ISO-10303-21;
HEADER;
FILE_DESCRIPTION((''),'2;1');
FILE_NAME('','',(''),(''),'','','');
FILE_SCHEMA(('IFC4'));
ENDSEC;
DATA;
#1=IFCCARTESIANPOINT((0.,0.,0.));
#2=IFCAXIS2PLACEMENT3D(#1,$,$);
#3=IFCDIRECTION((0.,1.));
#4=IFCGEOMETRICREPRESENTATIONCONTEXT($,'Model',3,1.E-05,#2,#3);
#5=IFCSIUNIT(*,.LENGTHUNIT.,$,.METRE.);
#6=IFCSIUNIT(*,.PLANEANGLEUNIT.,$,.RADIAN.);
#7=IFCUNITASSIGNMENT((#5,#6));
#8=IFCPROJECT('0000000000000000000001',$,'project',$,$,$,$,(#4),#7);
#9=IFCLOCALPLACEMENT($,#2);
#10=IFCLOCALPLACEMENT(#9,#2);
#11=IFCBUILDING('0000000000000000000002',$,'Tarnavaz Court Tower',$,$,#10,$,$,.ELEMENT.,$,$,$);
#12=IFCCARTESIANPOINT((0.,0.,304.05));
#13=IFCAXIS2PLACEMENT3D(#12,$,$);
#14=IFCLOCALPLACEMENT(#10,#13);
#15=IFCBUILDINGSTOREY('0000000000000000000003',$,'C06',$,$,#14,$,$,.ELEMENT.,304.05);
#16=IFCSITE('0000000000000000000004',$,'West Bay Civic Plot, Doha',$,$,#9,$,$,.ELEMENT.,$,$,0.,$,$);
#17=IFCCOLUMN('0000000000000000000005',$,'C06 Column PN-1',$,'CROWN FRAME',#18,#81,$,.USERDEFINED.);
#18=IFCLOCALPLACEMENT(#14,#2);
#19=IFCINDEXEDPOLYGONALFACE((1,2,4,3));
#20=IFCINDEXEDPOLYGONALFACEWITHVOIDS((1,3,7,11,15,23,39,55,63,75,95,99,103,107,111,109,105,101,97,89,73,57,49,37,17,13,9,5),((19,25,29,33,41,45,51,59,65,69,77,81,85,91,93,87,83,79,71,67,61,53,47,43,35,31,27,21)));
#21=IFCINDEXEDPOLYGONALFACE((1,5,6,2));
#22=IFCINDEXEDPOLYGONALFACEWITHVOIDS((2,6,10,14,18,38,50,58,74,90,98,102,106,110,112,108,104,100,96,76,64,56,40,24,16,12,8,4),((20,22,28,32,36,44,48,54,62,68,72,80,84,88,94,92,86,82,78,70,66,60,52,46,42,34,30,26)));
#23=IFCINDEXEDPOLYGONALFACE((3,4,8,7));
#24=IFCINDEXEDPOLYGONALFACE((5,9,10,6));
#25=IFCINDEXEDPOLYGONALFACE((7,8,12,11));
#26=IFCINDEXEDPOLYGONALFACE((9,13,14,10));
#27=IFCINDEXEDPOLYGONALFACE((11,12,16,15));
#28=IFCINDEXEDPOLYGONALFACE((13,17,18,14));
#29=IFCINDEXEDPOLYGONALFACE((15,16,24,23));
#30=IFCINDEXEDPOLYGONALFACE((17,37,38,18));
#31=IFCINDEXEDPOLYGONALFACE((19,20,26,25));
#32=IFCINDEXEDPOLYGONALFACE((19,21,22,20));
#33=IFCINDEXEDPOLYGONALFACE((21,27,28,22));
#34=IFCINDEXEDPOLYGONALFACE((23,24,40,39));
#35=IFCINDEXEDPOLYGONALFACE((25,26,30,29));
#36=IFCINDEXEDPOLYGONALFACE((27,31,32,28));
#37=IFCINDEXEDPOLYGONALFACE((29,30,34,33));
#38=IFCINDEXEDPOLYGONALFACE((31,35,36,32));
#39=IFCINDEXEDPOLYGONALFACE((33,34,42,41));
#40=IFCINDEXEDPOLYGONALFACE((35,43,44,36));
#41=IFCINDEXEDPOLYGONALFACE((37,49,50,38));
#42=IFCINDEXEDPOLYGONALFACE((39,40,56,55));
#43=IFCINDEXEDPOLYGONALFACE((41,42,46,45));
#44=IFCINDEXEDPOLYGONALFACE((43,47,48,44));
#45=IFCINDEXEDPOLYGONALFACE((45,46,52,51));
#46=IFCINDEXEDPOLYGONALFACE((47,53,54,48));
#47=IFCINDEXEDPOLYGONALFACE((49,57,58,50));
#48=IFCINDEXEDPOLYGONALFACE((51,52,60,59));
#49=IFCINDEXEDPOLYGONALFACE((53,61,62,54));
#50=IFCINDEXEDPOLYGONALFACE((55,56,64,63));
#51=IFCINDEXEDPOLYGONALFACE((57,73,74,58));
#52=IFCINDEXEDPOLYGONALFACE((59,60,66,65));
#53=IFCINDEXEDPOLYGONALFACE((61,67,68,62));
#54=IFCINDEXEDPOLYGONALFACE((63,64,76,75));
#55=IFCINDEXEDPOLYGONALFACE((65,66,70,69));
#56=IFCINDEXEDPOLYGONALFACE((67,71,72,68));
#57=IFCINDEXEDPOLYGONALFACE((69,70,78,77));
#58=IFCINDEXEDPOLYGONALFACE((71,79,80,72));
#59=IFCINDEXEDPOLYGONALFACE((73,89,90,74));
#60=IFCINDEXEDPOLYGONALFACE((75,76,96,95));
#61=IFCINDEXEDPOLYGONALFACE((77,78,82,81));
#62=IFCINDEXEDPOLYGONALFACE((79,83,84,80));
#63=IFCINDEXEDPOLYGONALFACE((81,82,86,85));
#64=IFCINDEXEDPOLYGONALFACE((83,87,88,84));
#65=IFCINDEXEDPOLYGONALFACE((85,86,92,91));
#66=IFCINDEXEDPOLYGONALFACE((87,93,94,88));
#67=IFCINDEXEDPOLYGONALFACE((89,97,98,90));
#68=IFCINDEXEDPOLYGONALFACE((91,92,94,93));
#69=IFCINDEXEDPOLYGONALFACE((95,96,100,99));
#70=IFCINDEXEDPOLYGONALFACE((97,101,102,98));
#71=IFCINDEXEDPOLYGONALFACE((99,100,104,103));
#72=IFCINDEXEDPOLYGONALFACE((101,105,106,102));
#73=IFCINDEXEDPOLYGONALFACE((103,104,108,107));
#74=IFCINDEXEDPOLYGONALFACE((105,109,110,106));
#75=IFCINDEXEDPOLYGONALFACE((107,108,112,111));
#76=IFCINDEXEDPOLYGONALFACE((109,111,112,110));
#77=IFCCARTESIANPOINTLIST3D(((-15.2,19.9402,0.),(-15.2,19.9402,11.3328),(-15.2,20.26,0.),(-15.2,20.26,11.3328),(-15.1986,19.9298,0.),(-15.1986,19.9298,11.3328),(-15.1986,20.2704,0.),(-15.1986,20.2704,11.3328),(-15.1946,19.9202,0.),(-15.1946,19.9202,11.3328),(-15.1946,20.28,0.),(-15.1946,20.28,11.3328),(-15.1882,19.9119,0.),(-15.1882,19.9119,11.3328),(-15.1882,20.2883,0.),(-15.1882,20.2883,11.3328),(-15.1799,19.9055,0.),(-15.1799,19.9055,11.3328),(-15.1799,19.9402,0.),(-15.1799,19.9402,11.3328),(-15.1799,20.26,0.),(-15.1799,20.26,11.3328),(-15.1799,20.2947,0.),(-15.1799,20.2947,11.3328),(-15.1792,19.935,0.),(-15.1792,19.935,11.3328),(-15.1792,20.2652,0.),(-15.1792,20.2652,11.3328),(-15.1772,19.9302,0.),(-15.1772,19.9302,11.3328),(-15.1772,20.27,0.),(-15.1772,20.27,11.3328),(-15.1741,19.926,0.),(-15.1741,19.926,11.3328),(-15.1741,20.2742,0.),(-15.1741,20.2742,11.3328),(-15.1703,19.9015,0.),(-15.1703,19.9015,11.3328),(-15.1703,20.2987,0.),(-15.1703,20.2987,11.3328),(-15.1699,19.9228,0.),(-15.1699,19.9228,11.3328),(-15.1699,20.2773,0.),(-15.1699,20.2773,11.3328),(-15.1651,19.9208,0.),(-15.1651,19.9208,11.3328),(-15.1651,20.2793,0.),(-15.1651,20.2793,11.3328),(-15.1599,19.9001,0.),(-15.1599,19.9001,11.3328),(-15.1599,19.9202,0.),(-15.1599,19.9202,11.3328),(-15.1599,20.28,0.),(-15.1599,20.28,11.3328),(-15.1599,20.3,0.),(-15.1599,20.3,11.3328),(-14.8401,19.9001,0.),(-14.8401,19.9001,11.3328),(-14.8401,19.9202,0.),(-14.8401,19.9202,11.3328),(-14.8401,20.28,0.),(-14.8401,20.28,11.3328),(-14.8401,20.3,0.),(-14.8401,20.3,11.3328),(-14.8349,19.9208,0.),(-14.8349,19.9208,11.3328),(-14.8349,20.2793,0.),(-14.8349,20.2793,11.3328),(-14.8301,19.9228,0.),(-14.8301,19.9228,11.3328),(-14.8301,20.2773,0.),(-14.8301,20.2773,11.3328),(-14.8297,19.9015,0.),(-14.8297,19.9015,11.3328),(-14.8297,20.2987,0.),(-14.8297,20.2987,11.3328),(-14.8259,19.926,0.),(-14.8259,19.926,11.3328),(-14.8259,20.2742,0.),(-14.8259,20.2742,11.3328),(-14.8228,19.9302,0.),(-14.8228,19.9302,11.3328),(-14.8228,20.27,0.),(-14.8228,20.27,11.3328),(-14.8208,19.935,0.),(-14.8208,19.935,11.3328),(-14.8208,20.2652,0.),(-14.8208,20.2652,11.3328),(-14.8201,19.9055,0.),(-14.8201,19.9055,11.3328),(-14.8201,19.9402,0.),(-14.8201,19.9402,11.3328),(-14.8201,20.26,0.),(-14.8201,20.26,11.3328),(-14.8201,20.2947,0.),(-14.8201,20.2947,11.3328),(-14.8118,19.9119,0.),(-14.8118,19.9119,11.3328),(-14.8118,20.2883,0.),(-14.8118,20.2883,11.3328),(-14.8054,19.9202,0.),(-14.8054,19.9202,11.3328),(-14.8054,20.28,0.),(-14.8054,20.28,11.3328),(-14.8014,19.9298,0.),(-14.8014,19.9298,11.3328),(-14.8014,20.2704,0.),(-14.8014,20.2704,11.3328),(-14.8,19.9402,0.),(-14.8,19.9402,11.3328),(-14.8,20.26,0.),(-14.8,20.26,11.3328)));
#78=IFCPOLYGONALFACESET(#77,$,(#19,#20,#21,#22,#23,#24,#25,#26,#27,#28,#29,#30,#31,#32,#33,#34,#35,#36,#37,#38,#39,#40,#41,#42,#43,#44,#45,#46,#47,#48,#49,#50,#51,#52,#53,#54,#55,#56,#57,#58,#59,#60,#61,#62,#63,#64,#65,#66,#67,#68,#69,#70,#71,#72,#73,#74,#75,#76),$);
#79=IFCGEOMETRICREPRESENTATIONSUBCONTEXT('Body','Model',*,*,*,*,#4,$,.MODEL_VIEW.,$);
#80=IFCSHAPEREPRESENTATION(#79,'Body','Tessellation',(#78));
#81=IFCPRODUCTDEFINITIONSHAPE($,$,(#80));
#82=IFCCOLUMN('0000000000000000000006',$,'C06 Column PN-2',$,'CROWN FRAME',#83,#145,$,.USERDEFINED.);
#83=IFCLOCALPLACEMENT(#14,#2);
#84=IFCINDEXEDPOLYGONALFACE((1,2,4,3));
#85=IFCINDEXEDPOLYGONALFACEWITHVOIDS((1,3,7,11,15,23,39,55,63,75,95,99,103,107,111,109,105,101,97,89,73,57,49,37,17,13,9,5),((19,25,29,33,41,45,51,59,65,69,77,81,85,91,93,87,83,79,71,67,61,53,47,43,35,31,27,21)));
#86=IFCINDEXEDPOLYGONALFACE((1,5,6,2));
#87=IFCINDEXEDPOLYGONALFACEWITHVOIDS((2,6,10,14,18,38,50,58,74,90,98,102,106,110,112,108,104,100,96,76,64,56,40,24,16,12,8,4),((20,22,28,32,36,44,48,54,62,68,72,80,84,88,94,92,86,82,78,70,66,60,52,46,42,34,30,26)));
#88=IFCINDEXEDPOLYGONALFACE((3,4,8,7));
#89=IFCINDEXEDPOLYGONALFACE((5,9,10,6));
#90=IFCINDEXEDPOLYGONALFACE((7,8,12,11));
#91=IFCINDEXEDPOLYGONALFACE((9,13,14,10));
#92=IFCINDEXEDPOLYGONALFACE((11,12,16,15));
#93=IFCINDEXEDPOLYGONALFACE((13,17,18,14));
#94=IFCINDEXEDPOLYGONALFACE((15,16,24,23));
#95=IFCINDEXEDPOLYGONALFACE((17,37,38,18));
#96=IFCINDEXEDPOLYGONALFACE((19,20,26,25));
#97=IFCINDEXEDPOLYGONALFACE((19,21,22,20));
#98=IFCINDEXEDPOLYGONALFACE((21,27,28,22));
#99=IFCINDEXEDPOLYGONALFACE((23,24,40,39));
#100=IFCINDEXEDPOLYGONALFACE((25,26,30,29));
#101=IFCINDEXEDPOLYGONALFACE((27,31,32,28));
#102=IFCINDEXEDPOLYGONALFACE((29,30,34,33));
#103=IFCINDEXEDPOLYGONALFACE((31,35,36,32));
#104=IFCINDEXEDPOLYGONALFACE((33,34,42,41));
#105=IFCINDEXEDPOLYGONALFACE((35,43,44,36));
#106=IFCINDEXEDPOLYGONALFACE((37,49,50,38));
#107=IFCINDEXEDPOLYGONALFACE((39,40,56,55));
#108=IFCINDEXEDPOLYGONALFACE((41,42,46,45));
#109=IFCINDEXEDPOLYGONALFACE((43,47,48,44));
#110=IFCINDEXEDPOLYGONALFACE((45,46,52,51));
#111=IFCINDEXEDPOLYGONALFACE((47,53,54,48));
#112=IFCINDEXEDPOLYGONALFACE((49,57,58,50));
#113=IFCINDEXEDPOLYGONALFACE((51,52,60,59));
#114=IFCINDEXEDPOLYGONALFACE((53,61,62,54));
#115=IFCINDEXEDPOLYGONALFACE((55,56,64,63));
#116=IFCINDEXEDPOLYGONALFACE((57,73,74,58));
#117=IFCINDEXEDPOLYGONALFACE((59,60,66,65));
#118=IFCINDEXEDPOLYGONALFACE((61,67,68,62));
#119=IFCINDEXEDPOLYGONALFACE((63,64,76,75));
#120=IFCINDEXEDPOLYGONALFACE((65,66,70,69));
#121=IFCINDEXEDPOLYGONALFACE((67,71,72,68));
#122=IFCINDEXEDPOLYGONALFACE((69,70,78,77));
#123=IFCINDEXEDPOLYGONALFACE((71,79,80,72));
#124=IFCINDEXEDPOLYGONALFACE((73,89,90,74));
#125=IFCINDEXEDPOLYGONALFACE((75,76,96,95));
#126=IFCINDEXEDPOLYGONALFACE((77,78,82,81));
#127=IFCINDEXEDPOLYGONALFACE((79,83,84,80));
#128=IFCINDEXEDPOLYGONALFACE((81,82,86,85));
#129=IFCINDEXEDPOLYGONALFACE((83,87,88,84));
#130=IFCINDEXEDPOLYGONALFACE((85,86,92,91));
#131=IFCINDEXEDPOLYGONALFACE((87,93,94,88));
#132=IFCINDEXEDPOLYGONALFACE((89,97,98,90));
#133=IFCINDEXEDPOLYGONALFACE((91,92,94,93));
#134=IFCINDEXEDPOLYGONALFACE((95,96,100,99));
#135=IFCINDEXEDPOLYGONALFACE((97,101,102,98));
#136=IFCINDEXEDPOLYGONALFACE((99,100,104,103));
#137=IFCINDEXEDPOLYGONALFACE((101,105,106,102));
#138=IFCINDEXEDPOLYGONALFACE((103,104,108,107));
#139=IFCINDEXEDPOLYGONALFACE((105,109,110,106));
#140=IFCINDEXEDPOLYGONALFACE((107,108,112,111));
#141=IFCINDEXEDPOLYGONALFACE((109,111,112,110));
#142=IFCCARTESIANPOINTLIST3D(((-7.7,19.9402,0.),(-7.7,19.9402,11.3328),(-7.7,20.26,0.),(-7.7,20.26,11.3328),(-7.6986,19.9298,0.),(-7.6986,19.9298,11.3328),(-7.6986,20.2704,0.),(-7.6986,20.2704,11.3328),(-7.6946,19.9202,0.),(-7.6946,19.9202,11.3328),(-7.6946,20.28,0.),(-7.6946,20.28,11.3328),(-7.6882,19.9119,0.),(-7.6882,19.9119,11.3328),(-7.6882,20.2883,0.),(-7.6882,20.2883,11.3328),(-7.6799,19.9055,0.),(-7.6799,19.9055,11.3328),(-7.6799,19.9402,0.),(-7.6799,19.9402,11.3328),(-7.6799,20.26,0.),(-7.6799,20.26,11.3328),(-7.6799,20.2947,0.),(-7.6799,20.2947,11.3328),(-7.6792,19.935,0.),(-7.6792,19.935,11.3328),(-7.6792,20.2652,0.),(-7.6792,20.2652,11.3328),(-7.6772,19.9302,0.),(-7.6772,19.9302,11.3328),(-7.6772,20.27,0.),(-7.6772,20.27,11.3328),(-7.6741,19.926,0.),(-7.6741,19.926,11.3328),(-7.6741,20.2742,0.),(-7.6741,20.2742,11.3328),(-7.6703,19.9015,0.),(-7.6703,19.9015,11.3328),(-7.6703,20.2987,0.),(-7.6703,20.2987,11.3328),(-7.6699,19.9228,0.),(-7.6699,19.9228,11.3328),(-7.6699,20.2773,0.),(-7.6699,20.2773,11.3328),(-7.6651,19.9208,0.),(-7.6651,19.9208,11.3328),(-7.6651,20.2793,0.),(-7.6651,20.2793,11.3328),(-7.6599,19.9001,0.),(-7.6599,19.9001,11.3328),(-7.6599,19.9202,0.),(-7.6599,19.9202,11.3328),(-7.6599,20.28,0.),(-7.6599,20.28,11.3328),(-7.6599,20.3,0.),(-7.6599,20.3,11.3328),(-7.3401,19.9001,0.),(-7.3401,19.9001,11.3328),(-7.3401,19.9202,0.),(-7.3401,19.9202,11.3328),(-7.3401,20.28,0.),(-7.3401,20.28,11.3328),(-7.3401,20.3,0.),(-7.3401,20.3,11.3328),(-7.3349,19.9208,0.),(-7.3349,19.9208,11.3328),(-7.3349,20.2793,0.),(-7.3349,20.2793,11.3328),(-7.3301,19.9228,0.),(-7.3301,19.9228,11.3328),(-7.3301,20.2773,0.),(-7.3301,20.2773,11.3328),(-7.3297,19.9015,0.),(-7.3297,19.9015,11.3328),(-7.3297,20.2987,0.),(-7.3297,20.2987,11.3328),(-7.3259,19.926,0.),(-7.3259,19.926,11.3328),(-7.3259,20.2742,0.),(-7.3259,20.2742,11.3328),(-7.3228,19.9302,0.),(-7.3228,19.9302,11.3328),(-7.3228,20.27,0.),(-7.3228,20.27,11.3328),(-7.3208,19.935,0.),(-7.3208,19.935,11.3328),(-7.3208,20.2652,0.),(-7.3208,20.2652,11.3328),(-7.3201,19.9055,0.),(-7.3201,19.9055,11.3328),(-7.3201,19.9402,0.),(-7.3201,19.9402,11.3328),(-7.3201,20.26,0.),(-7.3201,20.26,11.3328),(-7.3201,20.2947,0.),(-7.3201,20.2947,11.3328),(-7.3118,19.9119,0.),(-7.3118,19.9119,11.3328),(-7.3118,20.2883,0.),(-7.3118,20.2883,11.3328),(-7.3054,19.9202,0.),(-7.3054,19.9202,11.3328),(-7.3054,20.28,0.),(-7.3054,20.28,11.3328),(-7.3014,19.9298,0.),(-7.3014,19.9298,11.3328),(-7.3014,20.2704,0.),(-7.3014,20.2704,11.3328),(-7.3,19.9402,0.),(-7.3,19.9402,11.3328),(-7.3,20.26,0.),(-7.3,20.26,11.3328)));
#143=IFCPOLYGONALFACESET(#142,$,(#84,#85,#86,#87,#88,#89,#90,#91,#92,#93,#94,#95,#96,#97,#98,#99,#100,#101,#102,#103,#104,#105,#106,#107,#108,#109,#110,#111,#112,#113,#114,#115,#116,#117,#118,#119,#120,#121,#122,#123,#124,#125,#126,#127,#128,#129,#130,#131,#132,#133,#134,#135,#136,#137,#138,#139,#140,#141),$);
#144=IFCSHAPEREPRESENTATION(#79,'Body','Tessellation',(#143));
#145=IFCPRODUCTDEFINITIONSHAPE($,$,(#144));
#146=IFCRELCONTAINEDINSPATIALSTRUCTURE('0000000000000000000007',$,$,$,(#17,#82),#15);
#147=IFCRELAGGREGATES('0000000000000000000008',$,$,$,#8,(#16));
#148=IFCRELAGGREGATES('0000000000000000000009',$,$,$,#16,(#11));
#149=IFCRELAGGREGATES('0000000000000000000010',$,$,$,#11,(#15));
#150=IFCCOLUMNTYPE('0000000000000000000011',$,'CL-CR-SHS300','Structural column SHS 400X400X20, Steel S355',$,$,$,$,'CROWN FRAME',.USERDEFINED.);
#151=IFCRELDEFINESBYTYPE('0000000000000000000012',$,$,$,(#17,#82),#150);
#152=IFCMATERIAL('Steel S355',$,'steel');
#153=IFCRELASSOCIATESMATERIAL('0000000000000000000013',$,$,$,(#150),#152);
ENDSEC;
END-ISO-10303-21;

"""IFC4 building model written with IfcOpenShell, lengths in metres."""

from ifc_helpers import new_model, si_unit, direction, frame, origin, origin_2d, place, context, subcontext, project, spatial, hollow_rectangle, extrude, material, material_profile, profile_set, type_object, element, save


model = new_model("IFC4")

# Units and contexts
model_context = context("Model", 3, precision=1e-05, world=origin(), true_north=direction((0.0, 1.0)))
body_context = subcontext(model_context, "Body", "Model", "MODEL_VIEW")
ifc_project = project(units=[si_unit("LENGTHUNIT", "METRE"), si_unit("PLANEANGLEUNIT", "RADIAN")], contexts=[model_context])

# Site, building, storey
site_placement = place(None, origin())
site = spatial("IfcSite", under=ifc_project, at=site_placement, Name="West Bay Civic Plot, Doha", CompositionType="ELEMENT", RefElevation=0.0)
building_placement = place(site_placement, origin())
building = spatial("IfcBuilding", under=site, at=building_placement, Name="Tarnavaz Court Tower", CompositionType="ELEMENT")
storey_placement = place(building_placement, frame((0.0, 0.0, 304.05)))
storey = spatial("IfcBuildingStorey", under=building, at=storey_placement, Name="C06", CompositionType="ELEMENT", Elevation=304.05)

# Columns
ifc_material_1 = material(Name="Steel S355", Category="steel")
ifc_material_profile_1 = material_profile(ifc_material_1, hollow_rectangle(XDim=0.3999, YDim=0.3999, WallThickness=0.02, InnerFilletRadius=0.02, OuterFilletRadius=0.04, at=origin_2d()), Name="SHS 400X400X20")
ifc_profile_set_1 = profile_set([ifc_material_profile_1], Name="Steel S355")
column_type = type_object("IfcColumnType", Name="CL-CR-SHS300", Description="Structural column SHS 400X400X20, Steel S355", ElementType="CROWN FRAME", PredefinedType="USERDEFINED", material=ifc_profile_set_1)
for number, where, z_axis, x_axis, name in (
    (1, (-15.0, 20.1001, 0.0), (0.0, 0.0, 1.0), (1.0, 0.0, 0.0), "C06 Column PN-1"),
    (2, (-7.5, 20.1001, 0.0), (0.0, 0.0, 1.0), (1.0, 0.0, 0.0), "C06 Column PN-2"),
):
    element("IfcColumn", number, at=place(storey_placement, frame(where, z_axis=z_axis, x_axis=x_axis)), inside=storey, type_object=column_type, Name=name, ObjectType="CROWN FRAME", PredefinedType="USERDEFINED", context=body_context, shape_type="SweptSolid", body=[
        extrude(hollow_rectangle(XDim=0.3999, YDim=0.3999, WallThickness=0.02, InnerFilletRadius=0.02, OuterFilletRadius=0.04, at=origin_2d()), origin(), (0.0, 0.0, 1.0), 11.3328),
    ])

save(model, "model.ifc")
